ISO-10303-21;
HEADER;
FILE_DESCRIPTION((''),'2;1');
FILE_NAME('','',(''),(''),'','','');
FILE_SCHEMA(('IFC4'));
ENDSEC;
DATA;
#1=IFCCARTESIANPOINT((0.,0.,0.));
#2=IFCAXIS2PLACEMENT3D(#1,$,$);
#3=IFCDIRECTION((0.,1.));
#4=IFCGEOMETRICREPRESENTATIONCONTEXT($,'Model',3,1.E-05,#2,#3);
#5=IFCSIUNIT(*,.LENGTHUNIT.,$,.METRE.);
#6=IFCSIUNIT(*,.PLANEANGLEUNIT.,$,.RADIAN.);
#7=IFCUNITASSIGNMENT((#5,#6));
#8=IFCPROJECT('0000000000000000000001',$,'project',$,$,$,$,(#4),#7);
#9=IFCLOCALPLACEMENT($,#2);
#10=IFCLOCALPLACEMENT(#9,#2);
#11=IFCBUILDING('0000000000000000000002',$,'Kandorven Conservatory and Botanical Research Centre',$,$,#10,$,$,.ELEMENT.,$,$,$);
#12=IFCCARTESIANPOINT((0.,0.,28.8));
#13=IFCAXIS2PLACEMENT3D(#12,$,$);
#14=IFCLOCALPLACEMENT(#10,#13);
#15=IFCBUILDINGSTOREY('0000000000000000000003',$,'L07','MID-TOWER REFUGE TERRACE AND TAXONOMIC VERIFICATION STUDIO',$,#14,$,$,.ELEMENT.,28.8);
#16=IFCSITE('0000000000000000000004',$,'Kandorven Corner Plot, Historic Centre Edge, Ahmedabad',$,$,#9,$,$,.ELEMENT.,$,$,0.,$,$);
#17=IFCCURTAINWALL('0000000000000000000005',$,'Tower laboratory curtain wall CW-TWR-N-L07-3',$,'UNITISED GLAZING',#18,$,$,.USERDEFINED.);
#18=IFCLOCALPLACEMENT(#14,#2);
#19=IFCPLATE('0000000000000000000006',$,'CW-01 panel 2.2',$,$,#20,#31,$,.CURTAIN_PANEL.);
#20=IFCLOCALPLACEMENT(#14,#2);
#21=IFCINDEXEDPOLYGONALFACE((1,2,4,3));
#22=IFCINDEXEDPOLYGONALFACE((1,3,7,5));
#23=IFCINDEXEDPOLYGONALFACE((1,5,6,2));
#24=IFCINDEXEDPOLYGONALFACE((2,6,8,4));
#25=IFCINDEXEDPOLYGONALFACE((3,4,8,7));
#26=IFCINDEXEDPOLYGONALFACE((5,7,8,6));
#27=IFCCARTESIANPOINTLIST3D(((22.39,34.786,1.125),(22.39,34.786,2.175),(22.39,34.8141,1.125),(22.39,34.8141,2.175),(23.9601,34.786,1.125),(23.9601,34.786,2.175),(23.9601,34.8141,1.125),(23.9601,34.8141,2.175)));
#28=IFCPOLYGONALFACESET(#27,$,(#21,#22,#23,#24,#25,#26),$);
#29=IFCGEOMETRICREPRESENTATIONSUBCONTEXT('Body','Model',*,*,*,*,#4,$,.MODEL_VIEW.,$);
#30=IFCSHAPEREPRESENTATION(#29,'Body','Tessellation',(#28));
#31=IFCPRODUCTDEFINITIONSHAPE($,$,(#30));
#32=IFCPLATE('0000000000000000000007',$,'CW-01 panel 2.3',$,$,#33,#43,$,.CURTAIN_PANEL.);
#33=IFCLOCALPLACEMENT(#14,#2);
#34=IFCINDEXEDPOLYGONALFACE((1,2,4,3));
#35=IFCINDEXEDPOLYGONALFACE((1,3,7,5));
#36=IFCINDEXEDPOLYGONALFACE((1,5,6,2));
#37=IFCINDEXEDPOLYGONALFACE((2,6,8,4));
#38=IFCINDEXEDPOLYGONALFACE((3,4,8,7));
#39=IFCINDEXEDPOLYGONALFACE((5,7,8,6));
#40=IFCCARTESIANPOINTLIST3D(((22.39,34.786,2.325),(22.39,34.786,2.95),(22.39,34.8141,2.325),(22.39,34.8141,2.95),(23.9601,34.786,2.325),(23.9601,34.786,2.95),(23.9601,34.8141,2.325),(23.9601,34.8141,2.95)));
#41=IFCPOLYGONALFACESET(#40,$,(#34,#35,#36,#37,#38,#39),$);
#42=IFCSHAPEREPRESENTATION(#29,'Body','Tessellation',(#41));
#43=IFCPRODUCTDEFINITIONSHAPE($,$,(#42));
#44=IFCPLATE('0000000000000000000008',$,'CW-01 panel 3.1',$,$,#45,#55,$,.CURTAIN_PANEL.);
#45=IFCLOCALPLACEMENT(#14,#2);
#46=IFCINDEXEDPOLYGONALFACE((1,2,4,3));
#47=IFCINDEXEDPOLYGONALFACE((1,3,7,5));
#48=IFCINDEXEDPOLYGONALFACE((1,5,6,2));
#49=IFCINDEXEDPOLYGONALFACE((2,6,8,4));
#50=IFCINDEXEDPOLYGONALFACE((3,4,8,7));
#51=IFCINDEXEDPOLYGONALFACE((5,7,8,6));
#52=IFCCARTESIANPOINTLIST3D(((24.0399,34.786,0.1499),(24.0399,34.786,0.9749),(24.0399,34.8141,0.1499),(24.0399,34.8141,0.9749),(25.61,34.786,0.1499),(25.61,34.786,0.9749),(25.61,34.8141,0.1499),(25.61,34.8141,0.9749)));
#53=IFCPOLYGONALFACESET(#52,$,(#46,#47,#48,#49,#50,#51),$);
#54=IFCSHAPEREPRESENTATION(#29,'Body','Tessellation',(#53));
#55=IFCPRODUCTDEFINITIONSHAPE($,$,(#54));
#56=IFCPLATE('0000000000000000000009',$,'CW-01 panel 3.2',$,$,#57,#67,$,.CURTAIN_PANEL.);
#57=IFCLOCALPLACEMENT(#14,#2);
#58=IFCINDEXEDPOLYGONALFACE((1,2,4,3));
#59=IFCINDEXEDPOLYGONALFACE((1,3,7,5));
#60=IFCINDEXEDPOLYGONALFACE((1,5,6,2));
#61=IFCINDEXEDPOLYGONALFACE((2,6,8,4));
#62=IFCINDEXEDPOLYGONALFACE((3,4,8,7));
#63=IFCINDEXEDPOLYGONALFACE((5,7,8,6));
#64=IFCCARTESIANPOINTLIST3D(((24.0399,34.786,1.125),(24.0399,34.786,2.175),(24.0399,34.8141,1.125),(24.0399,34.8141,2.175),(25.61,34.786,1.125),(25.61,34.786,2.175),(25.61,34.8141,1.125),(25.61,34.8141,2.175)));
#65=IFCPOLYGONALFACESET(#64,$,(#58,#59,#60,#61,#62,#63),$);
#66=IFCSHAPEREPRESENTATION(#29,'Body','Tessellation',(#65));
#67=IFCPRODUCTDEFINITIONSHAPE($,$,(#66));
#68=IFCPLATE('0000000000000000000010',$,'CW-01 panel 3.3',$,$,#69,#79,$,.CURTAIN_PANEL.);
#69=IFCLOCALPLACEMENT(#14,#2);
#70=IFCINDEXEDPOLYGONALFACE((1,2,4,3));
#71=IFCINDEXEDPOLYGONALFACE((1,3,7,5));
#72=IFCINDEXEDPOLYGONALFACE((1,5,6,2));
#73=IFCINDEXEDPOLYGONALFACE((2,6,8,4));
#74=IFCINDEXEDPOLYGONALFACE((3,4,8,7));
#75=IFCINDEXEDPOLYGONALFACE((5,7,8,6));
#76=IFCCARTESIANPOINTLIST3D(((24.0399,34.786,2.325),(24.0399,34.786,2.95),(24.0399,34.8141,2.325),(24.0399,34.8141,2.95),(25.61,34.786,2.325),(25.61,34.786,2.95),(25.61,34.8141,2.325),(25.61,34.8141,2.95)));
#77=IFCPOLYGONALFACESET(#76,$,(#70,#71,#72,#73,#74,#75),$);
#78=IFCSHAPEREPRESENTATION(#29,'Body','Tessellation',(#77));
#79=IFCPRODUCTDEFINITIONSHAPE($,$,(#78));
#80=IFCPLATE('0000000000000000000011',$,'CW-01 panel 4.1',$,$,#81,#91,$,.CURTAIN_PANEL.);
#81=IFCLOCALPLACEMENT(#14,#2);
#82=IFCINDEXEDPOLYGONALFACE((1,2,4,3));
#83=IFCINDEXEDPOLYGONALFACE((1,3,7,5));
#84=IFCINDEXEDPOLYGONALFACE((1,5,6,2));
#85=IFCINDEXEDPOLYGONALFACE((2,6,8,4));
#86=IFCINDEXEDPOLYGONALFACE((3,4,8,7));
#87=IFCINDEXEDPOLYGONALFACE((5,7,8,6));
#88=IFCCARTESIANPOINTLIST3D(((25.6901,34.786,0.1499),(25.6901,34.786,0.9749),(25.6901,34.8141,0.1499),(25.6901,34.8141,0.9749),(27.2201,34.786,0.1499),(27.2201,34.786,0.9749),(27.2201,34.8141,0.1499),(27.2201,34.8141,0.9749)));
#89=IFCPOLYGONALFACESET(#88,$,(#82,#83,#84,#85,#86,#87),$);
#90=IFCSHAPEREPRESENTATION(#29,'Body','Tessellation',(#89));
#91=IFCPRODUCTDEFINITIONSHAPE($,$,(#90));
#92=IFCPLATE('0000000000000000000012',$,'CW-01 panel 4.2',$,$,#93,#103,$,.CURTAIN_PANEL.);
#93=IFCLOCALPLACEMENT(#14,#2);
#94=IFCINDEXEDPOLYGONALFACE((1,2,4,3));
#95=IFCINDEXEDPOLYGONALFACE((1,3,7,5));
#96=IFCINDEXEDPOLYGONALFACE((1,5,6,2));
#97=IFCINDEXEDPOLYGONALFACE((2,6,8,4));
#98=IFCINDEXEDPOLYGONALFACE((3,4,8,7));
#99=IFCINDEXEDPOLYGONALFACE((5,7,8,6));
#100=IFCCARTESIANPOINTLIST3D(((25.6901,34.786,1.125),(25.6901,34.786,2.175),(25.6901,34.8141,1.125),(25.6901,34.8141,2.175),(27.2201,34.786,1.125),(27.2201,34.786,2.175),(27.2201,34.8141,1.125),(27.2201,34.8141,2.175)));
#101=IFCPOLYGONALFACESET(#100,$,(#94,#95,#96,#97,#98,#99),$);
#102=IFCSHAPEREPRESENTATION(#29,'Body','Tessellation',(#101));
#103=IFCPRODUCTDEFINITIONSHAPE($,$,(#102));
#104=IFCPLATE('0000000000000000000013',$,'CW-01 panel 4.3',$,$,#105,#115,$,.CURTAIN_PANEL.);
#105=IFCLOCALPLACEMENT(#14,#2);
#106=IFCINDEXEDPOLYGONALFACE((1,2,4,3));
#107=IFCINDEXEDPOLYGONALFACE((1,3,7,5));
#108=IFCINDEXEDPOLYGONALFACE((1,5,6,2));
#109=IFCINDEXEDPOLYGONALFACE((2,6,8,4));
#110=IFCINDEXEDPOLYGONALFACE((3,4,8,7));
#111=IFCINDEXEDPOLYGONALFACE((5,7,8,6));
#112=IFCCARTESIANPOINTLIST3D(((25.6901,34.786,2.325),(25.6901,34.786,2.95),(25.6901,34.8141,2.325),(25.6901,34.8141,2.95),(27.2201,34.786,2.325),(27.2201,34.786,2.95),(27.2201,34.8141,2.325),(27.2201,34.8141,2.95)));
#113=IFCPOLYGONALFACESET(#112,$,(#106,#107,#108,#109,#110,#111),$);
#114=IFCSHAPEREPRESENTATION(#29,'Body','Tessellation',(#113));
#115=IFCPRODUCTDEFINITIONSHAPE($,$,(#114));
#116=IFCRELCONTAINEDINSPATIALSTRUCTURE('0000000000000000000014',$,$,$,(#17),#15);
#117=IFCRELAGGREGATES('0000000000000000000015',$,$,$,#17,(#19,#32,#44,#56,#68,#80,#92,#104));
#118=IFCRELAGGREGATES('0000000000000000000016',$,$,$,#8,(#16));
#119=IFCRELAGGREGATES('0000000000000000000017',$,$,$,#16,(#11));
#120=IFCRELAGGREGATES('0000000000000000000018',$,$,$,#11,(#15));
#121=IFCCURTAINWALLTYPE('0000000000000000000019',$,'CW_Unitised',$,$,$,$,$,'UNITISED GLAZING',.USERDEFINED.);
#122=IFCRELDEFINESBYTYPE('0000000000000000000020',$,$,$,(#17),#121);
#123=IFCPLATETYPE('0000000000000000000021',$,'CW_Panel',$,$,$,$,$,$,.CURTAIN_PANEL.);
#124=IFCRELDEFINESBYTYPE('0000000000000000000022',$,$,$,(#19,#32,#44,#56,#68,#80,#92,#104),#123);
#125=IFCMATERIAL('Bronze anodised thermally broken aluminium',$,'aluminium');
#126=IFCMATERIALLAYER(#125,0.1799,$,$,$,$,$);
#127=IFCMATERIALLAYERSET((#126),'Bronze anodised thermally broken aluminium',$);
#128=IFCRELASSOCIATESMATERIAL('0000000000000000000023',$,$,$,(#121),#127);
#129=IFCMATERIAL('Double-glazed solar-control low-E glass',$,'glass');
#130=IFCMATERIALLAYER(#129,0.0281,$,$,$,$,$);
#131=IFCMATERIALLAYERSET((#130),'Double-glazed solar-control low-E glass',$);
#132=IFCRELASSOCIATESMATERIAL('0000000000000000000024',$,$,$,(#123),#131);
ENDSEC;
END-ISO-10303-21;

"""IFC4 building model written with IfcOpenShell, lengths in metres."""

from ifc_helpers import new_model, si_unit, direction, frame, origin, origin_2d, place, context, subcontext, project, spatial, rectangle, extrude, material, layer, layer_set, type_object, element, aggregate, save


model = new_model("IFC4")

# Units and contexts
model_context = context("Model", 3, precision=1e-05, world=origin(), true_north=direction((0.0, 1.0)))
body_context = subcontext(model_context, "Body", "Model", "MODEL_VIEW")
ifc_project = project(units=[si_unit("LENGTHUNIT", "METRE"), si_unit("PLANEANGLEUNIT", "RADIAN")], contexts=[model_context])

# Site, building, storey
site_placement = place(None, origin())
site = spatial("IfcSite", under=ifc_project, at=site_placement, Name="Kandorven Corner Plot, Historic Centre Edge, Ahmedabad", CompositionType="ELEMENT", RefElevation=0.0)
building_placement = place(site_placement, origin())
building = spatial("IfcBuilding", under=site, at=building_placement, Name="Kandorven Conservatory and Botanical Research Centre", CompositionType="ELEMENT")
storey_placement = place(building_placement, frame((0.0, 0.0, 28.8)))
storey = spatial("IfcBuildingStorey", under=building, at=storey_placement, Name="L07", Description="MID-TOWER REFUGE TERRACE AND TAXONOMIC VERIFICATION STUDIO", CompositionType="ELEMENT", Elevation=28.8)

# Curtain wall, plates
ifc_material_1 = material(Name="Bronze anodised thermally broken aluminium", Category="aluminium")
ifc_layer_1 = layer(ifc_material_1, 0.1799)
ifc_layer_set_1 = layer_set([ifc_layer_1], Name="Bronze anodised thermally broken aluminium")
curtain_wall_type = type_object("IfcCurtainWallType", Name="CW_Unitised", ElementType="UNITISED GLAZING", PredefinedType="USERDEFINED", material=ifc_layer_set_1)
curtain_wall_placement = place(storey_placement, origin())
curtain_wall = element("IfcCurtainWall", 1, at=curtain_wall_placement, inside=storey, type_object=curtain_wall_type, Name="Tower laboratory curtain wall CW-TWR-N-L07-3", ObjectType="UNITISED GLAZING", PredefinedType="USERDEFINED")
ifc_material_2 = material(Name="Double-glazed solar-control low-E glass", Category="glass")
ifc_layer_2 = layer(ifc_material_2, 0.0281)
ifc_layer_set_2 = layer_set([ifc_layer_2], Name="Double-glazed solar-control low-E glass")
plate_type = type_object("IfcPlateType", Name="CW_Panel", PredefinedType="CURTAIN_PANEL", material=ifc_layer_set_2)
plate_1_placement = place(storey_placement, frame((23.175, 34.8, 1.125), z_axis=(0.0, 0.0, 1.0), x_axis=(1.0, 0.0, 0.0)))
plate_1 = element("IfcPlate", 2, at=plate_1_placement, type_object=plate_type, Name="CW-01 panel 2.2", PredefinedType="CURTAIN_PANEL", context=body_context, shape_type="SweptSolid", body=[
    extrude(rectangle(XDim=1.5701, YDim=0.0281, at=origin_2d()), origin(), (0.0, 0.0, 1.0), 1.05),
])
plate_2_placement = place(storey_placement, frame((23.175, 34.8, 2.325), z_axis=(0.0, 0.0, 1.0), x_axis=(1.0, 0.0, 0.0)))
plate_2 = element("IfcPlate", 3, at=plate_2_placement, type_object=plate_type, Name="CW-01 panel 2.3", PredefinedType="CURTAIN_PANEL", context=body_context, shape_type="SweptSolid", body=[
    extrude(rectangle(XDim=1.5701, YDim=0.0281, at=origin_2d()), origin(), (0.0, 0.0, 1.0), 0.625),
])
plate_3_placement = place(storey_placement, frame((24.825, 34.8, 0.1499), z_axis=(0.0, 0.0, 1.0), x_axis=(1.0, 0.0, 0.0)))
plate_3 = element("IfcPlate", 4, at=plate_3_placement, type_object=plate_type, Name="CW-01 panel 3.1", PredefinedType="CURTAIN_PANEL", context=body_context, shape_type="SweptSolid", body=[
    extrude(rectangle(XDim=1.5701, YDim=0.0281, at=origin_2d()), origin(), (0.0, 0.0, 1.0), 0.825),
])
plate_4_placement = place(storey_placement, frame((24.825, 34.8, 1.125), z_axis=(0.0, 0.0, 1.0), x_axis=(1.0, 0.0, 0.0)))
plate_4 = element("IfcPlate", 5, at=plate_4_placement, type_object=plate_type, Name="CW-01 panel 3.2", PredefinedType="CURTAIN_PANEL", context=body_context, shape_type="SweptSolid", body=[
    extrude(rectangle(XDim=1.5701, YDim=0.0281, at=origin_2d()), origin(), (0.0, 0.0, 1.0), 1.05),
])
plate_5_placement = place(storey_placement, frame((24.825, 34.8, 2.325), z_axis=(0.0, 0.0, 1.0), x_axis=(1.0, 0.0, 0.0)))
plate_5 = element("IfcPlate", 6, at=plate_5_placement, type_object=plate_type, Name="CW-01 panel 3.3", PredefinedType="CURTAIN_PANEL", context=body_context, shape_type="SweptSolid", body=[
    extrude(rectangle(XDim=1.5701, YDim=0.0281, at=origin_2d()), origin(), (0.0, 0.0, 1.0), 0.625),
])
plate_6_placement = place(storey_placement, frame((26.4551, 34.8, 0.1499), z_axis=(0.0, 0.0, 1.0), x_axis=(1.0, 0.0, 0.0)))
plate_6 = element("IfcPlate", 7, at=plate_6_placement, type_object=plate_type, Name="CW-01 panel 4.1", PredefinedType="CURTAIN_PANEL", context=body_context, shape_type="SweptSolid", body=[
    extrude(rectangle(XDim=1.53, YDim=0.0281, at=origin_2d()), origin(), (0.0, 0.0, 1.0), 0.825),
])
plate_7_placement = place(storey_placement, frame((26.4551, 34.8, 1.125), z_axis=(0.0, 0.0, 1.0), x_axis=(1.0, 0.0, 0.0)))
plate_7 = element("IfcPlate", 8, at=plate_7_placement, type_object=plate_type, Name="CW-01 panel 4.2", PredefinedType="CURTAIN_PANEL", context=body_context, shape_type="SweptSolid", body=[
    extrude(rectangle(XDim=1.53, YDim=0.0281, at=origin_2d()), origin(), (0.0, 0.0, 1.0), 1.05),
])
plate_8_placement = place(storey_placement, frame((26.4551, 34.8, 2.325), z_axis=(0.0, 0.0, 1.0), x_axis=(1.0, 0.0, 0.0)))
plate_8 = element("IfcPlate", 9, at=plate_8_placement, type_object=plate_type, Name="CW-01 panel 4.3", PredefinedType="CURTAIN_PANEL", context=body_context, shape_type="SweptSolid", body=[
    extrude(rectangle(XDim=1.53, YDim=0.0281, at=origin_2d()), origin(), (0.0, 0.0, 1.0), 0.625),
])
aggregate(curtain_wall, [plate_1, plate_2, plate_3, plate_4, plate_5, plate_6, plate_7, plate_8])

save(model, "model.ifc")
